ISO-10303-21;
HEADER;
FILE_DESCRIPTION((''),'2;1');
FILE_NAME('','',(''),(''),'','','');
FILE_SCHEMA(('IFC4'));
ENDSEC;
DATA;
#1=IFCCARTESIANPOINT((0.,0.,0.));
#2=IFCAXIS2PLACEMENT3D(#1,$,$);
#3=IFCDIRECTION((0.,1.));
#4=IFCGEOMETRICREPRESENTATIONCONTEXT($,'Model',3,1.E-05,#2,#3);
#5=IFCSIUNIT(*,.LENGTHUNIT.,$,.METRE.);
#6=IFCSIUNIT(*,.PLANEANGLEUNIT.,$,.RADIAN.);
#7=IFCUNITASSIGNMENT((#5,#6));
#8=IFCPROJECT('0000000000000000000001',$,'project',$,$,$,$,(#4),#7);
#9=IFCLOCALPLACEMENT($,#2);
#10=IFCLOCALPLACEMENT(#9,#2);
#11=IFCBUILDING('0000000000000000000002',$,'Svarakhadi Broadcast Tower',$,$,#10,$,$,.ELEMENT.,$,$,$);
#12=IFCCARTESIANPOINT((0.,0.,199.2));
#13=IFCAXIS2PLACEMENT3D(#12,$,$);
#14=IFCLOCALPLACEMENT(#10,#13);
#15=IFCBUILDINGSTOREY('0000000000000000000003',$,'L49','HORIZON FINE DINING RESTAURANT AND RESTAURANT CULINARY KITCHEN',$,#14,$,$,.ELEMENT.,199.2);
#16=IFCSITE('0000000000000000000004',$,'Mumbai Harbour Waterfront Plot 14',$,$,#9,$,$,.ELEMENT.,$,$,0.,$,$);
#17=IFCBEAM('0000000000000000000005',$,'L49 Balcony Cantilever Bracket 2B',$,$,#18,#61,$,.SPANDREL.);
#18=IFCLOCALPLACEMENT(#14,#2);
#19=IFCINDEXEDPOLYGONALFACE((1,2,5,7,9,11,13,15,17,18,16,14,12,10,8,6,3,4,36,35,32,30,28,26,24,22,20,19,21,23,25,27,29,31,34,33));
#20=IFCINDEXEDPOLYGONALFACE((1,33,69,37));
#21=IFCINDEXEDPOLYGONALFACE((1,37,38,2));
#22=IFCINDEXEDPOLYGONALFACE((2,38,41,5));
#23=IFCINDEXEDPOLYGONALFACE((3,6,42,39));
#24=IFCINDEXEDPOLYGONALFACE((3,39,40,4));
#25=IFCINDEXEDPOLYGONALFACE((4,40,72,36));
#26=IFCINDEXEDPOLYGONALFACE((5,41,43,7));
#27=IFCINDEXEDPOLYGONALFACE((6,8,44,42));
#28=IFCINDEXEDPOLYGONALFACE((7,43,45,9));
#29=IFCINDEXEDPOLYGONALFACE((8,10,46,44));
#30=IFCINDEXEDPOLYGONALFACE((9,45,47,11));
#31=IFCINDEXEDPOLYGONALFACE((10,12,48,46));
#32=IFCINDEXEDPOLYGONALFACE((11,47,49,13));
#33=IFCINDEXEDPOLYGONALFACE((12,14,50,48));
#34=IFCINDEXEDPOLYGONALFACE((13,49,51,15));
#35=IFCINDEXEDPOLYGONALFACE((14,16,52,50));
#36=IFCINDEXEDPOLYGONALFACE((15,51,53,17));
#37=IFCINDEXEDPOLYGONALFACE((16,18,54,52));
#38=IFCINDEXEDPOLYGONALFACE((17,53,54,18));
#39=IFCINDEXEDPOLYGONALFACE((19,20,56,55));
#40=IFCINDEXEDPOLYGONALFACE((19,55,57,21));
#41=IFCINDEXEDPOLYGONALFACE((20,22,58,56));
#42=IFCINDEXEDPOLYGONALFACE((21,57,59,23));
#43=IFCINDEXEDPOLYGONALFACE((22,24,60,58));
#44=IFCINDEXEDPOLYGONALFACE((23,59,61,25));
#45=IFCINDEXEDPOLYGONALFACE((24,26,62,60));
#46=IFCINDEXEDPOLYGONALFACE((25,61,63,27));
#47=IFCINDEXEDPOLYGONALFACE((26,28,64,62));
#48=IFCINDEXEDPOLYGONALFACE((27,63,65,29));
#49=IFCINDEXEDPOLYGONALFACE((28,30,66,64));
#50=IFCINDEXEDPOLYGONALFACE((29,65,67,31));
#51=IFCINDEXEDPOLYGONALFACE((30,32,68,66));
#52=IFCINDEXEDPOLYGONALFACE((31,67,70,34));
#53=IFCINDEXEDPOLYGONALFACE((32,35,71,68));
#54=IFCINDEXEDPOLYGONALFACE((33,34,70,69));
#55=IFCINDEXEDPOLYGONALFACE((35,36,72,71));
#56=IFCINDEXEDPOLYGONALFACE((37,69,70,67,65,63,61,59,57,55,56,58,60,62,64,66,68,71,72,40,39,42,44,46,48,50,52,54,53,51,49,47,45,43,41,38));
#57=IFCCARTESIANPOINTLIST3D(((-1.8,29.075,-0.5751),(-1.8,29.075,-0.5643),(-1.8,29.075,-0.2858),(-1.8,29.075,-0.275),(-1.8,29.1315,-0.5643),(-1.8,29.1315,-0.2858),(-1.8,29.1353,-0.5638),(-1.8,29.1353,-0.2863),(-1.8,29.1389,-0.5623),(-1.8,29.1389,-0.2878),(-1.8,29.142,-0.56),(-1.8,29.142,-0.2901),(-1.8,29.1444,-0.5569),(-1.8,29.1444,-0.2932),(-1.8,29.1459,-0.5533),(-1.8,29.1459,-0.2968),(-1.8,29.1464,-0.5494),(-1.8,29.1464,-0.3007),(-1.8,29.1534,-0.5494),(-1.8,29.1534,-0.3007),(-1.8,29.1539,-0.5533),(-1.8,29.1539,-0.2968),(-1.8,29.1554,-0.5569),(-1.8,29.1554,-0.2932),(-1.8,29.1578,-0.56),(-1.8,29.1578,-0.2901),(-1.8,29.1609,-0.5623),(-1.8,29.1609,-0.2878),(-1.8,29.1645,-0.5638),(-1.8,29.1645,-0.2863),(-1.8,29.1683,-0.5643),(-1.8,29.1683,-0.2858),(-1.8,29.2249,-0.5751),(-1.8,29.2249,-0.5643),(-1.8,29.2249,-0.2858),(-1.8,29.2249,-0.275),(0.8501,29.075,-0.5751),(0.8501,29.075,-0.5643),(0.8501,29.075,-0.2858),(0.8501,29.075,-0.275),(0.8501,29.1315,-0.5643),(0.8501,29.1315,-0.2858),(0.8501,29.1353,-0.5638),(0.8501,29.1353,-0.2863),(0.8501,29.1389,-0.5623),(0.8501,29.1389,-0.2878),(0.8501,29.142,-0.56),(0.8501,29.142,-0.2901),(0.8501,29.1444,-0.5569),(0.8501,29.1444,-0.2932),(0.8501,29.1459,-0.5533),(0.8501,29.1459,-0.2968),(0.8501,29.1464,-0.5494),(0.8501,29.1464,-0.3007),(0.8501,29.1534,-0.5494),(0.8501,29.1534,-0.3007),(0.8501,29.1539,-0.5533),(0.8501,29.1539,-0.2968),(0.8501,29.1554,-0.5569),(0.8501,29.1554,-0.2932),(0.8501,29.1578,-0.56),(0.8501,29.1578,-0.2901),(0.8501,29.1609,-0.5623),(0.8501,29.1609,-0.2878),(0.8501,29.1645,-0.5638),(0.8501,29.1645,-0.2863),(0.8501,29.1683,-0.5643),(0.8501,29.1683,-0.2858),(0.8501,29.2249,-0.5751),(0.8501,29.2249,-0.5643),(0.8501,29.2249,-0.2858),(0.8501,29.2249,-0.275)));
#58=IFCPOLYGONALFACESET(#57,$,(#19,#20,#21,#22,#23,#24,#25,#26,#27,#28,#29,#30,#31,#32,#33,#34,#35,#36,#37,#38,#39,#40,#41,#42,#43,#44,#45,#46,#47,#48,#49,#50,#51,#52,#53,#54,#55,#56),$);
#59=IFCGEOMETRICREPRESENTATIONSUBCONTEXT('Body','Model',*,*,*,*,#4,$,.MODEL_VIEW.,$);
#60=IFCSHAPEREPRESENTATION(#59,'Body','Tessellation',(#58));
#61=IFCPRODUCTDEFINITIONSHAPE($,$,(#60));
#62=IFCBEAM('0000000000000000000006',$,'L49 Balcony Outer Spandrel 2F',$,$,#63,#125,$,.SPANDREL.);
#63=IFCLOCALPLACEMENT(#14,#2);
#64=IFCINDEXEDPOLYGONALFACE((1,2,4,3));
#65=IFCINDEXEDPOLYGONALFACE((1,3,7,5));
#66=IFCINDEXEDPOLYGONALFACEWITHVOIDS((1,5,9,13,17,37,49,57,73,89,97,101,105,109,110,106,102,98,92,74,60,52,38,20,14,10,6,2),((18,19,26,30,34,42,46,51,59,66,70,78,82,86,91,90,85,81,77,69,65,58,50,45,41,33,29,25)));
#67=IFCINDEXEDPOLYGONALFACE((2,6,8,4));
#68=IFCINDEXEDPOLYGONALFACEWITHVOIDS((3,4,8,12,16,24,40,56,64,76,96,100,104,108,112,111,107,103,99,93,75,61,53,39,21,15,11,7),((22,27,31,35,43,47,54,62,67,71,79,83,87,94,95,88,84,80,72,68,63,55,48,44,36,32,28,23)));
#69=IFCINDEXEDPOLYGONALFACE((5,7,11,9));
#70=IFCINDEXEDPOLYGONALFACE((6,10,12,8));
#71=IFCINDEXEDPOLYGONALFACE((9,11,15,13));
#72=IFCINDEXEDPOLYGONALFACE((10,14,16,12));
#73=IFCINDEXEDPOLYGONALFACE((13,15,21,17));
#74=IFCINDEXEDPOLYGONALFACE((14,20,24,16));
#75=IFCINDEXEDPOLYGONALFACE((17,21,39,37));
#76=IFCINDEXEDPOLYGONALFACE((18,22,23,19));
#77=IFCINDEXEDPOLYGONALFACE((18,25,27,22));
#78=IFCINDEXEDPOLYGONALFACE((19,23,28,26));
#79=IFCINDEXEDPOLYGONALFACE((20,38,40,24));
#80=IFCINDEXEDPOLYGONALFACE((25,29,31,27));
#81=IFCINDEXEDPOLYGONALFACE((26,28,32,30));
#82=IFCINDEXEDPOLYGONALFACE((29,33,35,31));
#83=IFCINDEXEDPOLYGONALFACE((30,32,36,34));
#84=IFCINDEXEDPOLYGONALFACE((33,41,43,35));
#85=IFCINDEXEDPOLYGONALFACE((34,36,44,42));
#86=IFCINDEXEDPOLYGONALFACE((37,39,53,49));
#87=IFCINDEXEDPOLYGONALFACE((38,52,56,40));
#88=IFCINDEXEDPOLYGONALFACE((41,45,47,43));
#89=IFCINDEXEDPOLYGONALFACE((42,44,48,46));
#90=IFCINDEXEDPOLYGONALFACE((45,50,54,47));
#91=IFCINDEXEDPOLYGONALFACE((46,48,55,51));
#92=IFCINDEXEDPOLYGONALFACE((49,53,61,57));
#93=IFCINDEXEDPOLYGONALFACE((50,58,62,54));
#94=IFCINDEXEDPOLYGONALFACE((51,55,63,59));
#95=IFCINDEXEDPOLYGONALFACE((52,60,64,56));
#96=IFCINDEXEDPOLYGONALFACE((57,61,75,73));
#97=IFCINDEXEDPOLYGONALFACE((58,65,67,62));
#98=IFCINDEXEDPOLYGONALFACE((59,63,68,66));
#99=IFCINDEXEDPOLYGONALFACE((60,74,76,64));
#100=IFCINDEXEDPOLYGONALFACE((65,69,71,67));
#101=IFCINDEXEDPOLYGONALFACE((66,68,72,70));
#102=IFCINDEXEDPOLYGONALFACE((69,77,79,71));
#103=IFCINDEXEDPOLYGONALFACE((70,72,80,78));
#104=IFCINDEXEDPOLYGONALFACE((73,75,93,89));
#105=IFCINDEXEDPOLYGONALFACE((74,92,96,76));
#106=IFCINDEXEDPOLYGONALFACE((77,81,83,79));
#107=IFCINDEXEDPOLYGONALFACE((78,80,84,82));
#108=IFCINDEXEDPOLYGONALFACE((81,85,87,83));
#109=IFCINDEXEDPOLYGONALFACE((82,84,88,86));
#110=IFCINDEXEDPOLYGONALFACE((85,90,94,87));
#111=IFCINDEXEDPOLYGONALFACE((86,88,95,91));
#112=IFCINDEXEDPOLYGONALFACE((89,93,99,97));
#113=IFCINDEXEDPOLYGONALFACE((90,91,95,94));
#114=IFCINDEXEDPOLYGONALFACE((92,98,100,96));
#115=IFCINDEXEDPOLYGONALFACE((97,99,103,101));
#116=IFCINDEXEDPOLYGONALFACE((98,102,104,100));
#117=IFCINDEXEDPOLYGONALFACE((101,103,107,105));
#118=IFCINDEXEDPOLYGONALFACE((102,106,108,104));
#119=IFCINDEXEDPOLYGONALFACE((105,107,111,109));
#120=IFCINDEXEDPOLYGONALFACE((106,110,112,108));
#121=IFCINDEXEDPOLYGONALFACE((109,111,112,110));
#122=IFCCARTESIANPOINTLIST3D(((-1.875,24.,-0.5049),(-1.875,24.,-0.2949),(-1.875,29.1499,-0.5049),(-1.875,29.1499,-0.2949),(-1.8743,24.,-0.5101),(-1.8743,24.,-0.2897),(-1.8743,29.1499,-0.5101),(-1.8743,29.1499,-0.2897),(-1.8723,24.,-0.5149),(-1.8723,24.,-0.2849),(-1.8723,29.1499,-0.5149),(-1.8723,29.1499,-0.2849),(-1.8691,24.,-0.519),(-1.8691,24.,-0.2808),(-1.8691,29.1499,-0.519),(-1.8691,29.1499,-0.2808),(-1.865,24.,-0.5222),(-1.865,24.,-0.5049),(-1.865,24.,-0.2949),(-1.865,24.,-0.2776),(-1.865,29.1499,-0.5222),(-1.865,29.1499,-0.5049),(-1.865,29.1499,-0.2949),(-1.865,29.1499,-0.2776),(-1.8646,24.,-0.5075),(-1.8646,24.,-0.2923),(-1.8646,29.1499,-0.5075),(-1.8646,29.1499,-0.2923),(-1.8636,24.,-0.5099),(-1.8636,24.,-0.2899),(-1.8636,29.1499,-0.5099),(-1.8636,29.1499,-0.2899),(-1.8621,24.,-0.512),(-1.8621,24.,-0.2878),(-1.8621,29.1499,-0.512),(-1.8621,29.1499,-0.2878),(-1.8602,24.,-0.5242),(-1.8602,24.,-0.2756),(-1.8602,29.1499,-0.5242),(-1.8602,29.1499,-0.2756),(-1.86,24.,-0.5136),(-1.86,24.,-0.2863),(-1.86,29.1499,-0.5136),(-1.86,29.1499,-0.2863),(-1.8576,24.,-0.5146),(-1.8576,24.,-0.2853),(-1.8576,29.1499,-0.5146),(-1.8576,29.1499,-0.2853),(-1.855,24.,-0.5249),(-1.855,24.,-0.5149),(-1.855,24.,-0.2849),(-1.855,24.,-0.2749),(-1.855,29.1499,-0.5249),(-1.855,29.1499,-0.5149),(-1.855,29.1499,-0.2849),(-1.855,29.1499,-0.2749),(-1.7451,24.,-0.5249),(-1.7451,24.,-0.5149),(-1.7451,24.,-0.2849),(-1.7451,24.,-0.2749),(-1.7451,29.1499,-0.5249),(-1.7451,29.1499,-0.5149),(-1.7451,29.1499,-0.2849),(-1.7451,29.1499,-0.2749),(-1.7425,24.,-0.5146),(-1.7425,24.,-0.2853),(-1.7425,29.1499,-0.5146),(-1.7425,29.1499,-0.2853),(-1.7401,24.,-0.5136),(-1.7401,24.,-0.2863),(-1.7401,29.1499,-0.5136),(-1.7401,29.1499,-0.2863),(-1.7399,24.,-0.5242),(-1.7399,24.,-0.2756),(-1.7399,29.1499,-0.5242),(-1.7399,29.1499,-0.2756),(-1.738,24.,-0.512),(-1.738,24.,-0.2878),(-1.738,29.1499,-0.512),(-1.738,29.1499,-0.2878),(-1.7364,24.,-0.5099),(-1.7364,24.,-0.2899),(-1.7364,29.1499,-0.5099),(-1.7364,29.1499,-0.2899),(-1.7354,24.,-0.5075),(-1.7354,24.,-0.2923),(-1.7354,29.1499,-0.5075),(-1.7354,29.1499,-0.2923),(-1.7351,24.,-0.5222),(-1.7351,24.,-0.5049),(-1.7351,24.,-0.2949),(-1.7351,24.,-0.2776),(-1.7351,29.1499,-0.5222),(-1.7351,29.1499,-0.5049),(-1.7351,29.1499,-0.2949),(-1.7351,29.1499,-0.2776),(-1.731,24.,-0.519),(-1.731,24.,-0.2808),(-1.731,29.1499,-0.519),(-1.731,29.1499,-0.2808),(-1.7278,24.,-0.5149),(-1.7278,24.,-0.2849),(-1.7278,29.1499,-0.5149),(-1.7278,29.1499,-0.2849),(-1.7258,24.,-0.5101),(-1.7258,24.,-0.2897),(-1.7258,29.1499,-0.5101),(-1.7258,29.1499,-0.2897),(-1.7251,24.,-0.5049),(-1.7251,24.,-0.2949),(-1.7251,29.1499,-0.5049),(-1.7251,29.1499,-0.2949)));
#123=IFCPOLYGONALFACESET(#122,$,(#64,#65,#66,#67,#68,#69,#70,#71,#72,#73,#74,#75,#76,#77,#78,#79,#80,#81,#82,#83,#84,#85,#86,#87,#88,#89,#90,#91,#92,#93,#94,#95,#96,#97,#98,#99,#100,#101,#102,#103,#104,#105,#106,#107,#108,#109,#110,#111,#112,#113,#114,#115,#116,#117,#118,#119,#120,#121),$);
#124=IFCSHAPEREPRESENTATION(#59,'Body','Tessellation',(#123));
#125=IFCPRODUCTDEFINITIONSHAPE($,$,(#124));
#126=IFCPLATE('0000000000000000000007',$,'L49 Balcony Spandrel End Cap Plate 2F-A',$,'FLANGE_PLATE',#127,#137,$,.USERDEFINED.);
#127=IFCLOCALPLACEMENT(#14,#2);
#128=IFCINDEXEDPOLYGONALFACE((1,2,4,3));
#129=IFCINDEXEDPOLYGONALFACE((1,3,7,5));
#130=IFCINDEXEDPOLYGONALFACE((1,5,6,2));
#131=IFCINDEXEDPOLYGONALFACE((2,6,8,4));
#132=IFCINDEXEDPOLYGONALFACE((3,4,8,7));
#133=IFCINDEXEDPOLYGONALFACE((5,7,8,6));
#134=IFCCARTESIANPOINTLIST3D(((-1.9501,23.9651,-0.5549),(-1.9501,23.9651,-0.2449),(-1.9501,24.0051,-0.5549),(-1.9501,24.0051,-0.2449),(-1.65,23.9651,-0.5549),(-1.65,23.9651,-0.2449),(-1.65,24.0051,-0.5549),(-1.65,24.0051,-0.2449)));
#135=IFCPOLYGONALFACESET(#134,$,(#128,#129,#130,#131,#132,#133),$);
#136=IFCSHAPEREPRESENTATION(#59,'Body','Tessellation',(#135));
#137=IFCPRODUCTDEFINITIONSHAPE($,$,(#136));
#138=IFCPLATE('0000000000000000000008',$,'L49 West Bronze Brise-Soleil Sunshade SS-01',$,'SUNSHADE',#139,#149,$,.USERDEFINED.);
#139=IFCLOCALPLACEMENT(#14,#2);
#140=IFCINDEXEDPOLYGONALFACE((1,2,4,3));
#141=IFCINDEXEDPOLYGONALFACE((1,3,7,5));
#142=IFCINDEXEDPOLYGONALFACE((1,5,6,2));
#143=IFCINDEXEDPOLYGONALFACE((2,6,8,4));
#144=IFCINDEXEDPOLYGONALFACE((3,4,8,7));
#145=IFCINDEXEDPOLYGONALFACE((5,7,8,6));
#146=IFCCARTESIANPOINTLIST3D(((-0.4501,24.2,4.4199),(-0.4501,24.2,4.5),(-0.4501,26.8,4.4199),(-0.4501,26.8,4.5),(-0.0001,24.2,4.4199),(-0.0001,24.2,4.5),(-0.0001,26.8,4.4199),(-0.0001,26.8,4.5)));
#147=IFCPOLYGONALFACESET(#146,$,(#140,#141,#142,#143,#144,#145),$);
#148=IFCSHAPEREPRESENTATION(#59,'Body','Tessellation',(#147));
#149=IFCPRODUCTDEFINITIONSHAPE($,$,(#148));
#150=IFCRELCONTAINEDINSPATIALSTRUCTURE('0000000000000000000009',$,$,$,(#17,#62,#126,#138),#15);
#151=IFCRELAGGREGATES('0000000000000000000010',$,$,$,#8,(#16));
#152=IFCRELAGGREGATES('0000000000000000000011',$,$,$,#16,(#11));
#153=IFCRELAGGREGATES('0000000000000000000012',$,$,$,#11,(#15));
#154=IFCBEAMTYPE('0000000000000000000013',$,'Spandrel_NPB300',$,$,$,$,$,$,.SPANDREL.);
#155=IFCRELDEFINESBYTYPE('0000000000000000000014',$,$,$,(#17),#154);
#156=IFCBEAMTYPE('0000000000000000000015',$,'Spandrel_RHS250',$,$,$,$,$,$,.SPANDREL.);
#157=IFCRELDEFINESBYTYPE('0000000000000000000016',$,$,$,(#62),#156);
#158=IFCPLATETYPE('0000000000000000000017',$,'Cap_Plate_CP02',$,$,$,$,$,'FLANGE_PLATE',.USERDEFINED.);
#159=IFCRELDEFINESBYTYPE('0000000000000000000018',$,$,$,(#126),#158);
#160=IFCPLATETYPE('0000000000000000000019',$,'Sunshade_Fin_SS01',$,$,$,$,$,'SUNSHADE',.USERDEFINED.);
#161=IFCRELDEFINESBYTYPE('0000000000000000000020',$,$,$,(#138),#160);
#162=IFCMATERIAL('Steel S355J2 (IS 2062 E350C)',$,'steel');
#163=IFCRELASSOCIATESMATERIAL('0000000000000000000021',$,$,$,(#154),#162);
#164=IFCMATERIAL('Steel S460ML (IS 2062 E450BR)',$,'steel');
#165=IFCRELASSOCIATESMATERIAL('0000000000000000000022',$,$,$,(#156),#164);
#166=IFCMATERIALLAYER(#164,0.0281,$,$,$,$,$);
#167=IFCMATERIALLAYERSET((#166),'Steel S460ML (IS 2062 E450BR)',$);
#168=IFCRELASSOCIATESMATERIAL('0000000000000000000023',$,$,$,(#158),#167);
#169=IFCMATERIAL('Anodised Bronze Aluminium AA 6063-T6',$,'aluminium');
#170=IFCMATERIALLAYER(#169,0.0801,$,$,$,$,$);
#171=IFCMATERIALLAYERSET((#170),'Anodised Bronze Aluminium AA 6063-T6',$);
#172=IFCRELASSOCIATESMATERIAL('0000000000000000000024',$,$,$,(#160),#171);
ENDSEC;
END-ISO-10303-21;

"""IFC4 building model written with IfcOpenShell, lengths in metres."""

from ifc_helpers import new_model, si_unit, direction, frame, origin, origin_2d, place, context, subcontext, project, spatial, rectangle, hollow_rectangle, i_section, extrude, material, layer, layer_set, material_profile, profile_set, type_object, element, save


model = new_model("IFC4")

# Units and contexts
model_context = context("Model", 3, precision=1e-05, world=origin(), true_north=direction((0.0, 1.0)))
body_context = subcontext(model_context, "Body", "Model", "MODEL_VIEW")
ifc_project = project(units=[si_unit("LENGTHUNIT", "METRE"), si_unit("PLANEANGLEUNIT", "RADIAN")], contexts=[model_context])

# Site, building, storey
site_placement = place(None, origin())
site = spatial("IfcSite", under=ifc_project, at=site_placement, Name="Mumbai Harbour Waterfront Plot 14", CompositionType="ELEMENT", RefElevation=0.0)
building_placement = place(site_placement, origin())
building = spatial("IfcBuilding", under=site, at=building_placement, Name="Svarakhadi Broadcast Tower", CompositionType="ELEMENT")
storey_placement = place(building_placement, frame((0.0, 0.0, 199.2)))
storey = spatial("IfcBuildingStorey", under=building, at=storey_placement, Name="L49", Description="HORIZON FINE DINING RESTAURANT AND RESTAURANT CULINARY KITCHEN", CompositionType="ELEMENT", Elevation=199.2)

# Shared definitions
ifc_material_1 = material(Name="Steel S460ML (IS 2062 E450BR)", Category="steel")

# Shared definitions
ifc_material_2 = material(Name="Steel S355J2 (IS 2062 E350C)", Category="steel")

# Shared definitions
ifc_material_3 = material(Name="Anodised Bronze Aluminium AA 6063-T6", Category="aluminium")

# Beams
ifc_material_profile_1 = material_profile(ifc_material_2, i_section(OverallWidth=0.1499, OverallDepth=0.3, WebThickness=0.0071, FlangeThickness=0.0107, FilletRadius=0.0149, at=origin_2d()), Name="NPB 300x150x37")
ifc_profile_set_1 = profile_set([ifc_material_profile_1], Name="Steel S355J2 (IS 2062 E350C)")
beam_type_1 = type_object("IfcBeamType", Name="Spandrel_NPB300", PredefinedType="SPANDREL", material=ifc_profile_set_1)
for number, where, z_axis, x_axis, name in (
    (1, (0.8501, 29.1499, -0.425), (-1.0, 0.0, 0.0), (0.0, -1.0, 0.0), "L49 Balcony Cantilever Bracket 2B"),
):
    element("IfcBeam", number, at=place(storey_placement, frame(where, z_axis=z_axis, x_axis=x_axis)), inside=storey, type_object=beam_type_1, Name=name, PredefinedType="SPANDREL", context=body_context, shape_type="SweptSolid", body=[
        extrude(i_section(OverallWidth=0.1499, OverallDepth=0.3, WebThickness=0.0071, FlangeThickness=0.0107, FilletRadius=0.0149, at=origin_2d()), origin(), (0.0, 0.0, 1.0), 2.6501),
    ])
ifc_material_profile_2 = material_profile(ifc_material_1, hollow_rectangle(XDim=0.1499, YDim=0.25, WallThickness=0.01, InnerFilletRadius=0.01, OuterFilletRadius=0.02, at=origin_2d()), Name="RHS 250x150x10")
ifc_profile_set_2 = profile_set([ifc_material_profile_2], Name="Steel S460ML (IS 2062 E450BR)")
beam_type_2 = type_object("IfcBeamType", Name="Spandrel_RHS250", PredefinedType="SPANDREL", material=ifc_profile_set_2)
beam_1_placement = place(storey_placement, frame((-1.8, 24.0, -0.3999), z_axis=(0.0, 1.0, 0.0), x_axis=(-1.0, 0.0, 0.0)))
element("IfcBeam", 2, at=beam_1_placement, inside=storey, type_object=beam_type_2, Name="L49 Balcony Outer Spandrel 2F", PredefinedType="SPANDREL", context=body_context, shape_type="SweptSolid", body=[
    extrude(hollow_rectangle(XDim=0.1499, YDim=0.25, WallThickness=0.01, InnerFilletRadius=0.01, OuterFilletRadius=0.02, at=origin_2d()), origin(), (0.0, 0.0, 1.0), 5.1499),
])

# Plates
ifc_layer_1 = layer(ifc_material_1, 0.0281)
ifc_layer_set_1 = layer_set([ifc_layer_1], Name="Steel S460ML (IS 2062 E450BR)")
plate_type_1 = type_object("IfcPlateType", Name="Cap_Plate_CP02", ElementType="FLANGE_PLATE", PredefinedType="USERDEFINED", material=ifc_layer_set_1)
plate_1_placement = place(storey_placement, frame((-1.8, 23.9851, -0.5549), z_axis=(0.0, 0.0, 1.0), x_axis=(1.0, 0.0, 0.0)))
element("IfcPlate", 3, at=plate_1_placement, inside=storey, type_object=plate_type_1, Name="L49 Balcony Spandrel End Cap Plate 2F-A", ObjectType="FLANGE_PLATE", PredefinedType="USERDEFINED", context=body_context, shape_type="SweptSolid", body=[
    extrude(rectangle(XDim=0.3, YDim=0.04, at=origin_2d()), origin(), (0.0, 0.0, 1.0), 0.3101),
])
ifc_layer_2 = layer(ifc_material_3, 0.0801)
ifc_layer_set_2 = layer_set([ifc_layer_2], Name="Anodised Bronze Aluminium AA 6063-T6")
plate_type_2 = type_object("IfcPlateType", Name="Sunshade_Fin_SS01", ElementType="SUNSHADE", PredefinedType="USERDEFINED", material=ifc_layer_set_2)
plate_2_placement = place(storey_placement, frame((-0.2251, 25.5, 4.4199), z_axis=(0.0, 0.0, 1.0), x_axis=(0.0, 1.0, 0.0)))
element("IfcPlate", 4, at=plate_2_placement, inside=storey, type_object=plate_type_2, Name="L49 West Bronze Brise-Soleil Sunshade SS-01", ObjectType="SUNSHADE", PredefinedType="USERDEFINED", context=body_context, shape_type="SweptSolid", body=[
    extrude(rectangle(XDim=2.6001, YDim=0.45, at=origin_2d()), origin(), (0.0, 0.0, 1.0), 0.0801),
])

save(model, "model.ifc")
